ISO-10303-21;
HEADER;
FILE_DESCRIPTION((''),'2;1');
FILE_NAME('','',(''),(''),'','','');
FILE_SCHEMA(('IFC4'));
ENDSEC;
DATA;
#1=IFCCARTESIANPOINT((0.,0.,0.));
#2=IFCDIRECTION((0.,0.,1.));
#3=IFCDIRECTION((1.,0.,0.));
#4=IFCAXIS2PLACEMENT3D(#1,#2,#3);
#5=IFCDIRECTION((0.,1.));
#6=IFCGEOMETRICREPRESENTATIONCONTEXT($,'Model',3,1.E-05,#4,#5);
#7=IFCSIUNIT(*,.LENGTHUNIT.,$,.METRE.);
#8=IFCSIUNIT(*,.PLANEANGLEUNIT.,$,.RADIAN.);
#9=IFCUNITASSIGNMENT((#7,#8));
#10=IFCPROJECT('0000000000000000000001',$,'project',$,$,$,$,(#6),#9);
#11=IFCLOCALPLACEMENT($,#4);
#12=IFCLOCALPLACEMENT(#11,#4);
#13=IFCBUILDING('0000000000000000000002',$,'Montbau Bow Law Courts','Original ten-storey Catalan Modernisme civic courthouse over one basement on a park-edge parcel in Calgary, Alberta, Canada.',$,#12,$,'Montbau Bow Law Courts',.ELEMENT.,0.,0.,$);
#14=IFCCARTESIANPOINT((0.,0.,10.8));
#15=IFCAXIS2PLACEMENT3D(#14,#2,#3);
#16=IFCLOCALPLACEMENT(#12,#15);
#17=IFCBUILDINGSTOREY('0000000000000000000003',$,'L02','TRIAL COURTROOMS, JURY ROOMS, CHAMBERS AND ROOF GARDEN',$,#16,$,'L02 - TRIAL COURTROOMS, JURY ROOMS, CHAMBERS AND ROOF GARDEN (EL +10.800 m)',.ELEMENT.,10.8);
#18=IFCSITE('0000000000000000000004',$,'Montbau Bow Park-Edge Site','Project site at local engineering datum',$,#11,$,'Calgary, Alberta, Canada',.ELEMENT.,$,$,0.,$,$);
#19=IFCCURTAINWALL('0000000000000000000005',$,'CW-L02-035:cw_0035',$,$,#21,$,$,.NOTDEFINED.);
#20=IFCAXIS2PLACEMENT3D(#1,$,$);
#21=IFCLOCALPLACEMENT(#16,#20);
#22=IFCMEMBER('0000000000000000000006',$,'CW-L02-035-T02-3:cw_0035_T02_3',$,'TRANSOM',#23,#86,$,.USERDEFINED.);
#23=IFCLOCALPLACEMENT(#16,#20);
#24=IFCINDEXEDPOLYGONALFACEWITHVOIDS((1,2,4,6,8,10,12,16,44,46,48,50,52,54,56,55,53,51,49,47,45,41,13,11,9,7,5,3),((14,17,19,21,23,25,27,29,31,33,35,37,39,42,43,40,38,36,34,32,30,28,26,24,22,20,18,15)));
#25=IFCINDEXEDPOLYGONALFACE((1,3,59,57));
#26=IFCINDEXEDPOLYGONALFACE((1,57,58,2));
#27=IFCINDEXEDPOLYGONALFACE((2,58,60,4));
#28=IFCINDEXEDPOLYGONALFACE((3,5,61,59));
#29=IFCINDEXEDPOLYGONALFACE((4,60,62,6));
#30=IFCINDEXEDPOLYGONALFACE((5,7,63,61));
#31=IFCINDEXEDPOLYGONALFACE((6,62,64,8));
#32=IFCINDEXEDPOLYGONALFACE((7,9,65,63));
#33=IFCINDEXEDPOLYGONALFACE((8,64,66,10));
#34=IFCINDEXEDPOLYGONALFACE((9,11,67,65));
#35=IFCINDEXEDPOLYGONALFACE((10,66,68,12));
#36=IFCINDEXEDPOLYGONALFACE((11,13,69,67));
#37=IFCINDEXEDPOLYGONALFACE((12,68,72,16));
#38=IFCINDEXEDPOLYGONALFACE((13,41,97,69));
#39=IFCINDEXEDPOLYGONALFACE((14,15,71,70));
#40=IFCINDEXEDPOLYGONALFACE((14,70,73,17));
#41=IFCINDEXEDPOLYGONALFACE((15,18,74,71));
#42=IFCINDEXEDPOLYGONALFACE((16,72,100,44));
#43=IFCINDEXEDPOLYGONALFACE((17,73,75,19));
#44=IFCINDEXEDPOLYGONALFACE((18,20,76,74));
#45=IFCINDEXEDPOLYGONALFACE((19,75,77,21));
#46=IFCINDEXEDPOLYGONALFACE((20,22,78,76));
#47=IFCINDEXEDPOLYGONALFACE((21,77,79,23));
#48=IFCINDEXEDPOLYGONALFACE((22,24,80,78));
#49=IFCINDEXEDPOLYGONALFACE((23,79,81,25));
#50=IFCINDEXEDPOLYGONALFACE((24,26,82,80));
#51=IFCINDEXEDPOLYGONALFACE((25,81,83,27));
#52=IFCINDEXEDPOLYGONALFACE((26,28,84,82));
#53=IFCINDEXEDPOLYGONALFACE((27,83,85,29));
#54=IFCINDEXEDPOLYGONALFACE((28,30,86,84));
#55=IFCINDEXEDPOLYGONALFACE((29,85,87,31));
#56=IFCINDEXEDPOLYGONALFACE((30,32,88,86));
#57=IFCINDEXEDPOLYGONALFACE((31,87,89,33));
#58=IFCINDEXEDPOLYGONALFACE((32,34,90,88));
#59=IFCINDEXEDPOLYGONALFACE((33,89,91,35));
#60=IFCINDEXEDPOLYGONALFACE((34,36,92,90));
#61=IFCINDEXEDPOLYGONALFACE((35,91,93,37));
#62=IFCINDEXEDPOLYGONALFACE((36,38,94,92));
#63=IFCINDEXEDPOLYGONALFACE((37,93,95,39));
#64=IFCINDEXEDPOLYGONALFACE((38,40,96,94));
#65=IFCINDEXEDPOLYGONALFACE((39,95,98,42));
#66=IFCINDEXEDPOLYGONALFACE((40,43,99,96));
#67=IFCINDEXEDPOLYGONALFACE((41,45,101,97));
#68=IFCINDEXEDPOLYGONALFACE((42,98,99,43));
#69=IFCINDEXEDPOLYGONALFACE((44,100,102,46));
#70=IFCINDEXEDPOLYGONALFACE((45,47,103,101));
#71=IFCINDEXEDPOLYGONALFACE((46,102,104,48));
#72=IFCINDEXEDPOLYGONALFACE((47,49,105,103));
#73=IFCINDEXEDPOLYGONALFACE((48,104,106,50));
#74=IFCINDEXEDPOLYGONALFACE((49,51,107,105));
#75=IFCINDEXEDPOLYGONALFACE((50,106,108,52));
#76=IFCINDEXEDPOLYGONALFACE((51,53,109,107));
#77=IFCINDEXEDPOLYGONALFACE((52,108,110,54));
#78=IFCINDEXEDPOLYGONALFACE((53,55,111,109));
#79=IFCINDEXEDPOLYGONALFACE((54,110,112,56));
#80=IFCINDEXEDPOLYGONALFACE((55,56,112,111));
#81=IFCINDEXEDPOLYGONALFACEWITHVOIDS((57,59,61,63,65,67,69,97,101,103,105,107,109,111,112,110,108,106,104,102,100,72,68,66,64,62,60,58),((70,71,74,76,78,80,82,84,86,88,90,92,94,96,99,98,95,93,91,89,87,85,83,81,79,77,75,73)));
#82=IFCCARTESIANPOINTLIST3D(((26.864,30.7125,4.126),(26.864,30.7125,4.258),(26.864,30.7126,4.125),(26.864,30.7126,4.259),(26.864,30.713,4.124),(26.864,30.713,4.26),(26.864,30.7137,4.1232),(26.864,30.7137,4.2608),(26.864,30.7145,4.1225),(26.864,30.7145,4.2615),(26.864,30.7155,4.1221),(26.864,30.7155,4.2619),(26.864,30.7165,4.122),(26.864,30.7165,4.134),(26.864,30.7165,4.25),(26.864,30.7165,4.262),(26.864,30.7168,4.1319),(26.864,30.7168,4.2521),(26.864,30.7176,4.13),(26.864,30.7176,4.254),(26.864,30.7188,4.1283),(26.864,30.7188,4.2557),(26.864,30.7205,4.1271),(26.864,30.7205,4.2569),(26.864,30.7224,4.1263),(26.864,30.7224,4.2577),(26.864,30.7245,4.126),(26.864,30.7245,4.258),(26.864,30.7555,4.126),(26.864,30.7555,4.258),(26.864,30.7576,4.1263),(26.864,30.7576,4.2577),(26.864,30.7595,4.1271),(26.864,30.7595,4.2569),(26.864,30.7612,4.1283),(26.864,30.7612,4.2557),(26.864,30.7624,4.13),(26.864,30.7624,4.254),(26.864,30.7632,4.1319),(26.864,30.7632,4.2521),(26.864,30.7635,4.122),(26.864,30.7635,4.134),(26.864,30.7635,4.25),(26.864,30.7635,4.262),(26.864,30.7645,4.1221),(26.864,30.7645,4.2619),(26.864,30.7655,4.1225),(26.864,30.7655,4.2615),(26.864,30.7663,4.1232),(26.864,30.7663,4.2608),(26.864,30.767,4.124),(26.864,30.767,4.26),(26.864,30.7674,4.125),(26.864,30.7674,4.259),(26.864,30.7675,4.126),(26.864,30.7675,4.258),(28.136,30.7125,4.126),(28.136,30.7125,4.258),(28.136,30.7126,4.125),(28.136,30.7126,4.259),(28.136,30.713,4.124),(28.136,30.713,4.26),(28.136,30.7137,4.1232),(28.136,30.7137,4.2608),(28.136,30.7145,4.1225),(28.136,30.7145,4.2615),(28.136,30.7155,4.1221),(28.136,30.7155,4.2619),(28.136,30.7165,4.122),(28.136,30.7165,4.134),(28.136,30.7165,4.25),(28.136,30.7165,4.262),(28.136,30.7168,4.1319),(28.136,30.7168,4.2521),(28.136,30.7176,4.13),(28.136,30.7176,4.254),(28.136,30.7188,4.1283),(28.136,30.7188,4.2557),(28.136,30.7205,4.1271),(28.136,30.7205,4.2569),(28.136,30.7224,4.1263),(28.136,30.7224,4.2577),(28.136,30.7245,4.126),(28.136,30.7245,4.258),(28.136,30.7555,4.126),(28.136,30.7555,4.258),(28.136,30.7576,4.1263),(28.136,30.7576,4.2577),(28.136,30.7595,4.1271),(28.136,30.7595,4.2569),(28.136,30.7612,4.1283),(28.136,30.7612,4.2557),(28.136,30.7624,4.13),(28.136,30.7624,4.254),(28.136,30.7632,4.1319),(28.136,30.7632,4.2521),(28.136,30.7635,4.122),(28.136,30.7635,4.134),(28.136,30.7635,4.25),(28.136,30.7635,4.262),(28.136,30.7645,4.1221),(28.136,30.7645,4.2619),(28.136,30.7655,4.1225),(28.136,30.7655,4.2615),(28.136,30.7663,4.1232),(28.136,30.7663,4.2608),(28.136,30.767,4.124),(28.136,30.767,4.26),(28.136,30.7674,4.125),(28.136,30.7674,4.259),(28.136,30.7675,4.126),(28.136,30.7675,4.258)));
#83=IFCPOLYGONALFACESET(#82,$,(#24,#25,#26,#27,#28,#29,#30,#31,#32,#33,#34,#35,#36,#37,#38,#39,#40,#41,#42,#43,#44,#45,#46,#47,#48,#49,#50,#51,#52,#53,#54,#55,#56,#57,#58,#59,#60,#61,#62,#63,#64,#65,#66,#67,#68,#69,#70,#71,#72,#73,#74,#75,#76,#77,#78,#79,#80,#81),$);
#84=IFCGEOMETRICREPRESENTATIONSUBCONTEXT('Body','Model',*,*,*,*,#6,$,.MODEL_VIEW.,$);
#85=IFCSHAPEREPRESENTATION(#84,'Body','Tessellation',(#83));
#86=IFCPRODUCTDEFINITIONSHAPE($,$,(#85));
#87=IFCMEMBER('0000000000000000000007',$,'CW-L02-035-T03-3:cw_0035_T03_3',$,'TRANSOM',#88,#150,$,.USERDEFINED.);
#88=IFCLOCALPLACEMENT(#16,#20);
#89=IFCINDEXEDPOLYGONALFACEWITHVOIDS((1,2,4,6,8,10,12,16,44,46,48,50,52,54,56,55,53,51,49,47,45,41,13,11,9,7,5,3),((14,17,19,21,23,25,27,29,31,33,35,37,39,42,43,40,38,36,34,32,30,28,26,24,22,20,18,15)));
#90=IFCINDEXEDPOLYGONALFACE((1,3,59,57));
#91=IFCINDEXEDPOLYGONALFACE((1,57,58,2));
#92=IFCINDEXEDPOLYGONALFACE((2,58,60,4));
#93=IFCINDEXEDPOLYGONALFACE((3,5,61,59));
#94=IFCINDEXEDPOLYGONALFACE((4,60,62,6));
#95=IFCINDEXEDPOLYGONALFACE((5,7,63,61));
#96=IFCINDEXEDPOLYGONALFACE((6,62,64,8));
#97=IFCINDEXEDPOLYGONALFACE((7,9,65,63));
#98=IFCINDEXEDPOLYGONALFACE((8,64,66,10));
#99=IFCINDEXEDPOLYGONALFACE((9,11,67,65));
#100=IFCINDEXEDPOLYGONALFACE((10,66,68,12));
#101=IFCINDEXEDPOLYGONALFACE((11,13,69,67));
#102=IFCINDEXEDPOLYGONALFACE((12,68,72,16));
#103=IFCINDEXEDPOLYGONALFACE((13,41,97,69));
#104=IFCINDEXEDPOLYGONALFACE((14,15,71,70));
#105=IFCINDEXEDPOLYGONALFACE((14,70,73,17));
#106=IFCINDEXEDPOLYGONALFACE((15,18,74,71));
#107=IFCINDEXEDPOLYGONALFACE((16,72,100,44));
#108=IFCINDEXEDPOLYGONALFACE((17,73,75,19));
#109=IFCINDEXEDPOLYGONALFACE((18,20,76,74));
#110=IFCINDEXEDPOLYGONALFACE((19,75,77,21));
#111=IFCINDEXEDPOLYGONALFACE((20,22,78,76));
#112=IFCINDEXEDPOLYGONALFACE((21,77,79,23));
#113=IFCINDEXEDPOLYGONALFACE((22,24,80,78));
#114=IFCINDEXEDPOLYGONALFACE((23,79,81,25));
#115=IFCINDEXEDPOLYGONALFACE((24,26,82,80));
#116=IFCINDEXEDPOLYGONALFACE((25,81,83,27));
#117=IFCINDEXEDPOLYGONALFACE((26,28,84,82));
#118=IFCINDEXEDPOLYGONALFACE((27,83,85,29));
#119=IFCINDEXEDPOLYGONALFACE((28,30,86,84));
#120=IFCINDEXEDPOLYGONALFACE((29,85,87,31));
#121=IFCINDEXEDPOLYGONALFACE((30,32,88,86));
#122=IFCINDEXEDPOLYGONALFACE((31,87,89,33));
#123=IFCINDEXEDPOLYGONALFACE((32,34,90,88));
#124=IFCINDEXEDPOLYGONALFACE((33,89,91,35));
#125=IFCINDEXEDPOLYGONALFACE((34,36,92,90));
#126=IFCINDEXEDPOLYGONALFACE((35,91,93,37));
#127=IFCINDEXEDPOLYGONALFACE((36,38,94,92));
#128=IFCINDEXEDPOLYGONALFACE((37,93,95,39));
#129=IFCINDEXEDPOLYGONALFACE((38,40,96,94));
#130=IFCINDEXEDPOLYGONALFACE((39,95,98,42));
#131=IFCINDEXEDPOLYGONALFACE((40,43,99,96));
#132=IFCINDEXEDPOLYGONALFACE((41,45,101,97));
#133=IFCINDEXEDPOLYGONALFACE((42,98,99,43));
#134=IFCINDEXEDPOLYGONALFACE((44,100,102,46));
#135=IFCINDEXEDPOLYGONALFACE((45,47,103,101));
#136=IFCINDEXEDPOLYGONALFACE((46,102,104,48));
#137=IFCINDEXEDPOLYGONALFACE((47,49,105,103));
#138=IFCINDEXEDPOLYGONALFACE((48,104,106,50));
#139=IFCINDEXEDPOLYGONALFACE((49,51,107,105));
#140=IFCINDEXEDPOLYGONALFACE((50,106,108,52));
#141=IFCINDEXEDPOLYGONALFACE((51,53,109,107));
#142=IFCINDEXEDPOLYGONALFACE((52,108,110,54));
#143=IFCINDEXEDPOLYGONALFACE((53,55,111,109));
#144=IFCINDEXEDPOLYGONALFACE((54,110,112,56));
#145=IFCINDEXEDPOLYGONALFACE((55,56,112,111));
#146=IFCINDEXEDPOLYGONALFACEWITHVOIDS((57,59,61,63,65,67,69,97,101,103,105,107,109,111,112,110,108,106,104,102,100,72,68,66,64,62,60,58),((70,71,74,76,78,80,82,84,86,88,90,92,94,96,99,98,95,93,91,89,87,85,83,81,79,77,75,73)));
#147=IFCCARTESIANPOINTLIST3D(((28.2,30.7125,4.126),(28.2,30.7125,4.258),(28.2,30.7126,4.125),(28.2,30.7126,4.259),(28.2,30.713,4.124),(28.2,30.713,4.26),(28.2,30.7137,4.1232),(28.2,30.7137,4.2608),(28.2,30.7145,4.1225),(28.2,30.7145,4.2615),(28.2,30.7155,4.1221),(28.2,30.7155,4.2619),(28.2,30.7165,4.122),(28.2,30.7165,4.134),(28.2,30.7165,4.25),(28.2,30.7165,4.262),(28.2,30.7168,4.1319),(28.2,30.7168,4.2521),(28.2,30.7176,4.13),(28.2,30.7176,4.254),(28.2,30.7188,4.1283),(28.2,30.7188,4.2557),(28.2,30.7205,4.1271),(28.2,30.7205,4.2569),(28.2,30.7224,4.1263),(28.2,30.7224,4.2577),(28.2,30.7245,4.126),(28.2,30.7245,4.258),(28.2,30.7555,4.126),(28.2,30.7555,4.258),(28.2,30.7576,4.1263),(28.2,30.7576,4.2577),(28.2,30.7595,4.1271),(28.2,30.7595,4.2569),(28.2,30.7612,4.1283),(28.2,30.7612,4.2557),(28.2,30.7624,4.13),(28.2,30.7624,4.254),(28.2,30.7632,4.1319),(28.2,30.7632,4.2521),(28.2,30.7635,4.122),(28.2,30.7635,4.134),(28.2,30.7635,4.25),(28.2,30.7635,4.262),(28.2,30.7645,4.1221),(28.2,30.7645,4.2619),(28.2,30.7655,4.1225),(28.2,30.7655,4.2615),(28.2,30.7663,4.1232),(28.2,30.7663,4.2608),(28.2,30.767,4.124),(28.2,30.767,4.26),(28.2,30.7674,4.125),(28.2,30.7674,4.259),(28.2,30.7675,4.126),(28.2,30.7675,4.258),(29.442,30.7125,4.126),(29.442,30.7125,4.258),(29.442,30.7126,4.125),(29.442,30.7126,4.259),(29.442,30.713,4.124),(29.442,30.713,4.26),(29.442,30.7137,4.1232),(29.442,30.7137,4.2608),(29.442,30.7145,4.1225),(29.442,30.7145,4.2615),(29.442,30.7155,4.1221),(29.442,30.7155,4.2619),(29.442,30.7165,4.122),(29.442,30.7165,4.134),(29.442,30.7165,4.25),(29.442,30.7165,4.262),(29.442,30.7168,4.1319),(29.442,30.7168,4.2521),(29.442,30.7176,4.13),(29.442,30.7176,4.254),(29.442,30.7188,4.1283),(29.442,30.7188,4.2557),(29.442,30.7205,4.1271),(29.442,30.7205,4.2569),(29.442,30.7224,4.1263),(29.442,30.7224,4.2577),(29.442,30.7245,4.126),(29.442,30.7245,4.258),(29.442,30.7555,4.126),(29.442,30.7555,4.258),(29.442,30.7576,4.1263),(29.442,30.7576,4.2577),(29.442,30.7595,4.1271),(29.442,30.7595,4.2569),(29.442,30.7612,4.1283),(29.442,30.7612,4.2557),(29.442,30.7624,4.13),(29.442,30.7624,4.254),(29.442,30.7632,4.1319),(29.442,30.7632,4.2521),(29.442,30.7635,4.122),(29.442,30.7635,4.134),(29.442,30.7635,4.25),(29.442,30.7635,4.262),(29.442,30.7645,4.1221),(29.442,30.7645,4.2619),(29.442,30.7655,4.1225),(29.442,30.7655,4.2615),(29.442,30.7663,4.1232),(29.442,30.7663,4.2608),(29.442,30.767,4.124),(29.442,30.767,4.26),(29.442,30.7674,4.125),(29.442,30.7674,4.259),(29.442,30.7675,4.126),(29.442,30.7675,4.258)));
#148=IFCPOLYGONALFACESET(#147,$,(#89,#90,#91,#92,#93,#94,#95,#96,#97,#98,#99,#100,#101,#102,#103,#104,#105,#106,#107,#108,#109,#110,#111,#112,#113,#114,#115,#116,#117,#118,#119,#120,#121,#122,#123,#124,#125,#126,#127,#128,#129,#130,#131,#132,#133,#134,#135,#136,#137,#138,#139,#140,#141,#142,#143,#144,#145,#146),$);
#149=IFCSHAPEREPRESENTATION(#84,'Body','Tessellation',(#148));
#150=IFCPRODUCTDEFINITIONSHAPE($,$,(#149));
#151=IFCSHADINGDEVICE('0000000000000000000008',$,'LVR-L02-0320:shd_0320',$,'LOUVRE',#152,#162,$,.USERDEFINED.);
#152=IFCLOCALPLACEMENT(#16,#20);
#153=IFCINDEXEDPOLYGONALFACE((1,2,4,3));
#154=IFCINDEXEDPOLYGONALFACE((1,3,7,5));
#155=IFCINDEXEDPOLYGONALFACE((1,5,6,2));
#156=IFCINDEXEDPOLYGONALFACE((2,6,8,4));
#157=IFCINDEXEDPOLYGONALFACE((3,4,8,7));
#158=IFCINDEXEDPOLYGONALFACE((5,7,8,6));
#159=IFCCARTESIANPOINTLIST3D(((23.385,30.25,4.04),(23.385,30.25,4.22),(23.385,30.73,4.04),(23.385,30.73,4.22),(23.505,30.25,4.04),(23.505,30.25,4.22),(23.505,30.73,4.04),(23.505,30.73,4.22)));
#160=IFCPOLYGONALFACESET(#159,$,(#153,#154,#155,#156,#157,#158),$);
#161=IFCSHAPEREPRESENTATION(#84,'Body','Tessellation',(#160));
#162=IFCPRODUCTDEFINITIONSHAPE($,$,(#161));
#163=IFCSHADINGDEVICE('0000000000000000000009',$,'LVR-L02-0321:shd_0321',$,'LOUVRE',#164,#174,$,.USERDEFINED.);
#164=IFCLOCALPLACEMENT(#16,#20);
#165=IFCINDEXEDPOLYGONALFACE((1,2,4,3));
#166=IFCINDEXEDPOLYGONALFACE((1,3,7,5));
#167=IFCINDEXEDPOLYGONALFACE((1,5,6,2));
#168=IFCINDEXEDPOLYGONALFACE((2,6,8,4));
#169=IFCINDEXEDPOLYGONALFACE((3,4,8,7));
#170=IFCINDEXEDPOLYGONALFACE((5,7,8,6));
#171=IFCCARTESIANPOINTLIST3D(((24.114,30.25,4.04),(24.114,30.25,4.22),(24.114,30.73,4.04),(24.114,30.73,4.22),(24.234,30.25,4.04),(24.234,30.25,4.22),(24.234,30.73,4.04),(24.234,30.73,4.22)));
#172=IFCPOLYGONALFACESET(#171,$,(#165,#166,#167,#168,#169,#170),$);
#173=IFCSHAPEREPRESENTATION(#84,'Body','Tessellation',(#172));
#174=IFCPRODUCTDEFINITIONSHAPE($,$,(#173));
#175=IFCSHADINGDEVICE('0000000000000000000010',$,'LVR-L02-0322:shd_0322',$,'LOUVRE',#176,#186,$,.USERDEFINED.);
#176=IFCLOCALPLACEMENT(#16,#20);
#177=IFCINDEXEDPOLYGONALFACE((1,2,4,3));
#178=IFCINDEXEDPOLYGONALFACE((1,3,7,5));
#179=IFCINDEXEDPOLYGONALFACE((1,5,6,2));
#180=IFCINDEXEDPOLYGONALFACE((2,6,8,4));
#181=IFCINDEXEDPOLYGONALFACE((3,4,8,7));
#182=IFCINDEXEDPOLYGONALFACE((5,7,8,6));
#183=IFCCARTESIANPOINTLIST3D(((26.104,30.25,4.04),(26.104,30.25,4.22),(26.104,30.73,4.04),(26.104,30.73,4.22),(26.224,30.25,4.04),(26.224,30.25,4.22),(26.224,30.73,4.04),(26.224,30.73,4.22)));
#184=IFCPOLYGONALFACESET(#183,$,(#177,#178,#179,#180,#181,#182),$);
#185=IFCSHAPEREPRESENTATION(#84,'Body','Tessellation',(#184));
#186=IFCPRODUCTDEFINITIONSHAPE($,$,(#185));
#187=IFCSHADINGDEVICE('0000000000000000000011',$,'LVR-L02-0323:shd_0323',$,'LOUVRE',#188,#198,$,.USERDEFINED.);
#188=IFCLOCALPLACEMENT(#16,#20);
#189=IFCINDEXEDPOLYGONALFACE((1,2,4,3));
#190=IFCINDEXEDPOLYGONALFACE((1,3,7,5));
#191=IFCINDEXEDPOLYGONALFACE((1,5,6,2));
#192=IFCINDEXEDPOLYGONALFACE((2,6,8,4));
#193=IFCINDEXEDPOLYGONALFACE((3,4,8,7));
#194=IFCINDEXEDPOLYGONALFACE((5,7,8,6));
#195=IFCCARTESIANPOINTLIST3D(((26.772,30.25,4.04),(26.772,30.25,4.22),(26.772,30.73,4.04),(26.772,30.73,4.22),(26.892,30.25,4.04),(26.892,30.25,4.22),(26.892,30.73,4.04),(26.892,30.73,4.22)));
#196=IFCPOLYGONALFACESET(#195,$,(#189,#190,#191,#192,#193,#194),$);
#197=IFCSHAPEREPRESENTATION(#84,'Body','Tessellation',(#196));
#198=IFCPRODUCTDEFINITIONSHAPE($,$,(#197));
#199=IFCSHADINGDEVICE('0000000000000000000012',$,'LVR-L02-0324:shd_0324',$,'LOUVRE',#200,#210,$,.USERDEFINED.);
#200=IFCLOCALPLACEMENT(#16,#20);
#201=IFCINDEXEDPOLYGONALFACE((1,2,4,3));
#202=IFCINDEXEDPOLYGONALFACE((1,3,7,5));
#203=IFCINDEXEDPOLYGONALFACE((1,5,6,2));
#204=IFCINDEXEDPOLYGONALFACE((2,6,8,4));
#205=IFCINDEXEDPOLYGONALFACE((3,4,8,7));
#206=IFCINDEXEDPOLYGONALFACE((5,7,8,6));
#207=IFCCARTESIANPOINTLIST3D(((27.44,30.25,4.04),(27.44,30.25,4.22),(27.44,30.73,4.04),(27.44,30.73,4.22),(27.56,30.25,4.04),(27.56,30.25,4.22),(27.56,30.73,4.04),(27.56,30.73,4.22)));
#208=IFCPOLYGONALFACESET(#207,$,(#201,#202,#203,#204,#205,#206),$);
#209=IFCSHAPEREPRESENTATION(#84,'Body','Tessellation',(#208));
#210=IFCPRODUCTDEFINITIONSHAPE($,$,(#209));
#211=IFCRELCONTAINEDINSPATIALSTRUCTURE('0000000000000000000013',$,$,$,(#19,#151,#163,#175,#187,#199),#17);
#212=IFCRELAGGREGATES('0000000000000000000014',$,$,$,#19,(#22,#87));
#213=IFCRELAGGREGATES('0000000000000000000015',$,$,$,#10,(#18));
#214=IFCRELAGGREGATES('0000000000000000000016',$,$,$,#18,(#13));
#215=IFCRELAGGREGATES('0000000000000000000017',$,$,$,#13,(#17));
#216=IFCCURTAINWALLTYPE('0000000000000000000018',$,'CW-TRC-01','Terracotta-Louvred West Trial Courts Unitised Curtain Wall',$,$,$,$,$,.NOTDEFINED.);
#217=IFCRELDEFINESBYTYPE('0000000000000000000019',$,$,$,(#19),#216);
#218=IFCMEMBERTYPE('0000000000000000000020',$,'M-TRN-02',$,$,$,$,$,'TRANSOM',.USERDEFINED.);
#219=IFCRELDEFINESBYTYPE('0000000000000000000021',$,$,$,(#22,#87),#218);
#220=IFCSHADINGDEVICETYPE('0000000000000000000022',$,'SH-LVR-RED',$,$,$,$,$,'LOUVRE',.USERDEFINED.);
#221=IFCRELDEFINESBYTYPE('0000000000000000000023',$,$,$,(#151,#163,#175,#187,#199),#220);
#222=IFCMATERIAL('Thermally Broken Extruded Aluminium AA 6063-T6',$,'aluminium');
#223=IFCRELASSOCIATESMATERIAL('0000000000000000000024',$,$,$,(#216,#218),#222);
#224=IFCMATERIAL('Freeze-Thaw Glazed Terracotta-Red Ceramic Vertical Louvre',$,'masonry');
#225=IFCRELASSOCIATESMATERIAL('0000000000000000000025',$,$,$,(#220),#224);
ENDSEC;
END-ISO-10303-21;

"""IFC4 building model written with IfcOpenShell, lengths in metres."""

from ifc_helpers import new_model, si_unit, direction, frame, origin_with_axes, origin_2d_with_axis, place, context, subcontext, project, spatial, rectangle, hollow_rectangle, extrude, material, material_profile, profile_set, type_object, element, aggregate, save


model = new_model("IFC4")

# Units and contexts
model_context = context("Model", 3, precision=1e-05, world=origin_with_axes(), true_north=direction((0.0, 1.0)))
body_context = subcontext(model_context, "Body", "Model", "MODEL_VIEW")
ifc_project = project(units=[si_unit("LENGTHUNIT", "METRE"), si_unit("PLANEANGLEUNIT", "RADIAN")], contexts=[model_context])

# Site, building, storey
site_placement = place(None, origin_with_axes())
site = spatial("IfcSite", under=ifc_project, at=site_placement, Name="Montbau Bow Park-Edge Site", Description="Project site at local engineering datum", LongName="Calgary, Alberta, Canada", CompositionType="ELEMENT", RefElevation=0.0)
building_placement = place(site_placement, origin_with_axes())
building = spatial("IfcBuilding", under=site, at=building_placement, Name="Montbau Bow Law Courts", Description="Original ten-storey Catalan Modernisme civic courthouse over one basement on a park-edge parcel in Calgary, Alberta, Canada.", LongName="Montbau Bow Law Courts", CompositionType="ELEMENT", ElevationOfRefHeight=0.0, ElevationOfTerrain=0.0)
storey_placement = place(building_placement, frame((0.0, 0.0, 10.8), z_axis=(0.0, 0.0, 1.0), x_axis=(1.0, 0.0, 0.0)))
storey = spatial("IfcBuildingStorey", under=building, at=storey_placement, Name="L02", Description="TRIAL COURTROOMS, JURY ROOMS, CHAMBERS AND ROOF GARDEN", LongName="L02 - TRIAL COURTROOMS, JURY ROOMS, CHAMBERS AND ROOF GARDEN (EL +10.800 m)", CompositionType="ELEMENT", Elevation=10.8)

# Shared definitions
ifc_material_1 = material(Name="Thermally Broken Extruded Aluminium AA 6063-T6", Category="aluminium")
curtain_wall_type = type_object("IfcCurtainWallType", Name="CW-TRC-01", Description="Terracotta-Louvred West Trial Courts Unitised Curtain Wall", PredefinedType="NOTDEFINED", material=ifc_material_1)

# Curtain wall, members
curtain_wall_1_placement = place(None, frame((25.496, 30.74, 10.8), z_axis=(0.0, 0.0, 1.0), x_axis=(1.0, 0.0, 0.0)))
curtain_wall_1 = element("IfcCurtainWall", 1, at=curtain_wall_1_placement, inside=storey, type_object=curtain_wall_type, Name="CW-L02-035:cw_0035", PredefinedType="NOTDEFINED")
ifc_material_profile_1 = material_profile(ifc_material_1, hollow_rectangle(XDim=0.055, YDim=0.14, WallThickness=0.004, InnerFilletRadius=0.008, OuterFilletRadius=0.004, at=origin_2d_with_axis()), Name="CWT-140X55", Category="Main", Priority=0)
ifc_profile_set_1 = profile_set([ifc_material_profile_1], Name="Thermally Broken Extruded Aluminium AA 6063-T6")
member_type_1 = type_object("IfcMemberType", Name="M-TRN-02", ElementType="TRANSOM", PredefinedType="USERDEFINED", material=ifc_profile_set_1)
member_1_placement = place(None, frame((26.864, 30.74, 14.992), z_axis=(1.0, 0.0, 0.0), x_axis=(0.0, 1.0, 0.0)))
member_1 = element("IfcMember", 2, at=member_1_placement, type_object=member_type_1, Name="CW-L02-035-T02-3:cw_0035_T02_3", ObjectType="TRANSOM", PredefinedType="USERDEFINED", context=body_context, shape_type="SweptSolid", body=[
    extrude(hollow_rectangle(XDim=0.055, YDim=0.14, WallThickness=0.004, InnerFilletRadius=0.008, OuterFilletRadius=0.004, at=origin_2d_with_axis()), origin_with_axes(), (0.0, 0.0, 1.0), 1.272),
])
member_2_placement = place(None, frame((28.2, 30.74, 14.992), z_axis=(1.0, 0.0, 0.0), x_axis=(0.0, 1.0, 0.0)))
member_2 = element("IfcMember", 3, at=member_2_placement, type_object=member_type_1, Name="CW-L02-035-T03-3:cw_0035_T03_3", ObjectType="TRANSOM", PredefinedType="USERDEFINED", context=body_context, shape_type="SweptSolid", body=[
    extrude(hollow_rectangle(XDim=0.055, YDim=0.14, WallThickness=0.004, InnerFilletRadius=0.008, OuterFilletRadius=0.004, at=origin_2d_with_axis()), origin_with_axes(), (0.0, 0.0, 1.0), 1.242),
])
aggregate(curtain_wall_1, [member_1, member_2])

# Shading devices
ifc_material_2 = material(Name="Freeze-Thaw Glazed Terracotta-Red Ceramic Vertical Louvre", Category="masonry")
shading_device_type = type_object("IfcShadingDeviceType", Name="SH-LVR-RED", ElementType="LOUVRE", PredefinedType="USERDEFINED", material=ifc_material_2)
for number, where, z_axis, x_axis, name in (
    (4, (23.445, 30.49, 14.84), (0.0, 0.0, 1.0), (0.0, -1.0, 0.0), "LVR-L02-0320:shd_0320"),
    (5, (24.174, 30.49, 14.84), (0.0, 0.0, 1.0), (0.0, -1.0, 0.0), "LVR-L02-0321:shd_0321"),
    (6, (26.164, 30.49, 14.84), (0.0, 0.0, 1.0), (0.0, -1.0, 0.0), "LVR-L02-0322:shd_0322"),
    (7, (26.832, 30.49, 14.84), (0.0, 0.0, 1.0), (0.0, -1.0, 0.0), "LVR-L02-0323:shd_0323"),
    (8, (27.5, 30.49, 14.84), (0.0, 0.0, 1.0), (0.0, -1.0, 0.0), "LVR-L02-0324:shd_0324"),
):
    element("IfcShadingDevice", number, at=place(None, frame(where, z_axis=z_axis, x_axis=x_axis)), inside=storey, type_object=shading_device_type, Name=name, ObjectType="LOUVRE", PredefinedType="USERDEFINED", context=body_context, shape_type="SweptSolid", body=[
        extrude(rectangle(XDim=0.48, YDim=0.12, at=origin_2d_with_axis()), origin_with_axes(), (0.0, 0.0, 1.0), 0.18),
    ])

save(model, "model.ifc")
